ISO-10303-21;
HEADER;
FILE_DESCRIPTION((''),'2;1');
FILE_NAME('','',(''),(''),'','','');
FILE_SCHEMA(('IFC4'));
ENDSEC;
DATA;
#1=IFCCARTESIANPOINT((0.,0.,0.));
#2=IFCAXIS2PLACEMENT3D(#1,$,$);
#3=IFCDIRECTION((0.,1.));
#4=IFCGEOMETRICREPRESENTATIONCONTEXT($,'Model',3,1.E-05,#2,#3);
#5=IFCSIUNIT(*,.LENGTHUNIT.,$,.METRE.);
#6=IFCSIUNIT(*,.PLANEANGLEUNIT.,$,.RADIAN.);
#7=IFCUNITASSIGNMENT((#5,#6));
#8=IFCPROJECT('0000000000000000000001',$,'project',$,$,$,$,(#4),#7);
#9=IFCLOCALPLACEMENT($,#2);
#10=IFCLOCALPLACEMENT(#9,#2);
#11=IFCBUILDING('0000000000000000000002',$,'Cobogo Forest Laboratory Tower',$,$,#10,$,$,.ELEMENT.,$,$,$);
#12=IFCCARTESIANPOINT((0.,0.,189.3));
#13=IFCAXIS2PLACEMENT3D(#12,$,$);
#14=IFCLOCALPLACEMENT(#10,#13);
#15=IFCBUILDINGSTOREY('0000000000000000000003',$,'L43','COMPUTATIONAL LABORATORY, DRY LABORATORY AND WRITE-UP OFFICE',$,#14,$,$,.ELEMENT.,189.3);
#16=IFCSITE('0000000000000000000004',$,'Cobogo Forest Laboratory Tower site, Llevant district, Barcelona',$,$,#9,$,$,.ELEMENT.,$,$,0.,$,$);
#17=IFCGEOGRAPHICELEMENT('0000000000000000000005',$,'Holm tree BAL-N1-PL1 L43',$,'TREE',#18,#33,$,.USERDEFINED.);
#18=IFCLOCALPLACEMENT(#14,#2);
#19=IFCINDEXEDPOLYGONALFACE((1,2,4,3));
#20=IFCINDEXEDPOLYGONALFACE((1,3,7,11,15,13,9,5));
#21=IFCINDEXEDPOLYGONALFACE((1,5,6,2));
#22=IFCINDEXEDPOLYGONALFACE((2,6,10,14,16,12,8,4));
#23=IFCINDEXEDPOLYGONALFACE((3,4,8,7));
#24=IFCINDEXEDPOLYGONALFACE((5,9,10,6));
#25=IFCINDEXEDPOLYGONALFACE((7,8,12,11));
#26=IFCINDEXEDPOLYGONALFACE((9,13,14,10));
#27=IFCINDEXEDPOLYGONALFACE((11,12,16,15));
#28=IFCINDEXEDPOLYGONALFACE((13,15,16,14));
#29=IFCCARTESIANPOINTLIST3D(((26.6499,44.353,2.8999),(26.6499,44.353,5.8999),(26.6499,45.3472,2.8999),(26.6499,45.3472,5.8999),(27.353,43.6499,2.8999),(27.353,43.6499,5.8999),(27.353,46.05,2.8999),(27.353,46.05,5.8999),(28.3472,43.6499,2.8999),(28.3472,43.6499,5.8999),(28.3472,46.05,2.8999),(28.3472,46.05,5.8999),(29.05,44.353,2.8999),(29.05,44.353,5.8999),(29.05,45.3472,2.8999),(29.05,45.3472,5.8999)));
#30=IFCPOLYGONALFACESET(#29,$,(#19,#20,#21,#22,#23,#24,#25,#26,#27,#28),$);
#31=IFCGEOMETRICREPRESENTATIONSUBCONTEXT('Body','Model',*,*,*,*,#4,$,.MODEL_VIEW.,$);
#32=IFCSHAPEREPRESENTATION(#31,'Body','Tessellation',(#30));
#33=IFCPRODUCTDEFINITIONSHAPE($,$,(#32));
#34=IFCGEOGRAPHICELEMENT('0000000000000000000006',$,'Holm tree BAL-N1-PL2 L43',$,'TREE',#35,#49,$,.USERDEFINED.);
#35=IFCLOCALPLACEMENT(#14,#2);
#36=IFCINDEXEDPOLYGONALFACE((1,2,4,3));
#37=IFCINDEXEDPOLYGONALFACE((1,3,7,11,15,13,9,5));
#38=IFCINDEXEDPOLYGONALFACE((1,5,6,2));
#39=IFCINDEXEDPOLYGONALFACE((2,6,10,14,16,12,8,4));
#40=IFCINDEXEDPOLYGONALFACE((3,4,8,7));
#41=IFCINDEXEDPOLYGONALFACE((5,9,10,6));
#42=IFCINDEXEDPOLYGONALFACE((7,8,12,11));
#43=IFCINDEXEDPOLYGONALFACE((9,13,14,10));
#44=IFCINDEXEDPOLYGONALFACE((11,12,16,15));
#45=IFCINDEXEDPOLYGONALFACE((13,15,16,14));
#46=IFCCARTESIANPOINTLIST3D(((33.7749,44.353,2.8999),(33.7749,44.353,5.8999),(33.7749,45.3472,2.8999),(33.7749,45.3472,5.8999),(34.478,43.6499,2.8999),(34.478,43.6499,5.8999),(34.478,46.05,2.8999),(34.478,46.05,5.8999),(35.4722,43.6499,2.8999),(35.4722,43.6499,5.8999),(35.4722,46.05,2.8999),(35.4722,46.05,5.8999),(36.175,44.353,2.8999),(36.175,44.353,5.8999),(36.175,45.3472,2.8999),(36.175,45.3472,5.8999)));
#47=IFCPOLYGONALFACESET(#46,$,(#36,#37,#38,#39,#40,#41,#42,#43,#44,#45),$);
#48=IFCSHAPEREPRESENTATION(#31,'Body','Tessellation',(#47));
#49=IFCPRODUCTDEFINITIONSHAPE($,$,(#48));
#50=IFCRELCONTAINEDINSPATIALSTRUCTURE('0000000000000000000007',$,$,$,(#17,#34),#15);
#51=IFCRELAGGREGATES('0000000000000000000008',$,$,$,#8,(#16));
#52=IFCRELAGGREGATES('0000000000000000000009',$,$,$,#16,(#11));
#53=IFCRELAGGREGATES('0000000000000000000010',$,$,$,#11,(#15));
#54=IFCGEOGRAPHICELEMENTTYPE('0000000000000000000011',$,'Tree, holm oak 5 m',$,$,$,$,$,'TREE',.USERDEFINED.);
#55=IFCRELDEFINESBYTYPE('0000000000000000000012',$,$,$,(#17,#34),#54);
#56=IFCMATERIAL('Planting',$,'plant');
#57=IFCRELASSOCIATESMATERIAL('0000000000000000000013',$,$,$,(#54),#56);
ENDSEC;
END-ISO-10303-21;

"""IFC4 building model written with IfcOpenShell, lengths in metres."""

from ifc_helpers import new_model, si_unit, direction, frame, origin, place, context, subcontext, project, spatial, polyline, outline, extrude, material, type_object, element, save


model = new_model("IFC4")

# Units and contexts
model_context = context("Model", 3, precision=1e-05, world=origin(), true_north=direction((0.0, 1.0)))
body_context = subcontext(model_context, "Body", "Model", "MODEL_VIEW")
ifc_project = project(units=[si_unit("LENGTHUNIT", "METRE"), si_unit("PLANEANGLEUNIT", "RADIAN")], contexts=[model_context])

# Site, building, storey
site_placement = place(None, origin())
site = spatial("IfcSite", under=ifc_project, at=site_placement, Name="Cobogo Forest Laboratory Tower site, Llevant district, Barcelona", CompositionType="ELEMENT", RefElevation=0.0)
building_placement = place(site_placement, origin())
building = spatial("IfcBuilding", under=site, at=building_placement, Name="Cobogo Forest Laboratory Tower", CompositionType="ELEMENT")
storey_placement = place(building_placement, frame((0.0, 0.0, 189.3)))
storey = spatial("IfcBuildingStorey", under=building, at=storey_placement, Name="L43", Description="COMPUTATIONAL LABORATORY, DRY LABORATORY AND WRITE-UP OFFICE", CompositionType="ELEMENT", Elevation=189.3)

# Geographic elements
ifc_material_1 = material(Name="Planting", Category="plant")
geographic_element_type = type_object("IfcGeographicElementType", Name="Tree, holm oak 5 m", ElementType="TREE", PredefinedType="USERDEFINED", material=ifc_material_1)
geographic_element_1_placement = place(storey_placement, frame((0.0, 0.0, 2.8999)))
element("IfcGeographicElement", 1, at=geographic_element_1_placement, inside=storey, type_object=geographic_element_type, Name="Holm tree BAL-N1-PL1 L43", ObjectType="TREE", PredefinedType="USERDEFINED", context=body_context, shape_type="SweptSolid", body=[
    extrude(outline(polyline([(29.05, 44.353), (29.05, 45.3472), (28.3472, 46.05), (27.353, 46.05), (26.6499, 45.3472), (26.6499, 44.353), (27.353, 43.6499), (28.3472, 43.6499), (29.05, 44.353)])), origin(), (0.0, 0.0, 1.0), 3.0),
])
geographic_element_2_placement = place(storey_placement, frame((0.0, 0.0, 2.8999)))
element("IfcGeographicElement", 2, at=geographic_element_2_placement, inside=storey, type_object=geographic_element_type, Name="Holm tree BAL-N1-PL2 L43", ObjectType="TREE", PredefinedType="USERDEFINED", context=body_context, shape_type="SweptSolid", body=[
    extrude(outline(polyline([(36.175, 44.353), (36.175, 45.3472), (35.4722, 46.05), (34.478, 46.05), (33.7749, 45.3472), (33.7749, 44.353), (34.478, 43.6499), (35.4722, 43.6499), (36.175, 44.353)])), origin(), (0.0, 0.0, 1.0), 3.0),
])

save(model, "model.ifc")
